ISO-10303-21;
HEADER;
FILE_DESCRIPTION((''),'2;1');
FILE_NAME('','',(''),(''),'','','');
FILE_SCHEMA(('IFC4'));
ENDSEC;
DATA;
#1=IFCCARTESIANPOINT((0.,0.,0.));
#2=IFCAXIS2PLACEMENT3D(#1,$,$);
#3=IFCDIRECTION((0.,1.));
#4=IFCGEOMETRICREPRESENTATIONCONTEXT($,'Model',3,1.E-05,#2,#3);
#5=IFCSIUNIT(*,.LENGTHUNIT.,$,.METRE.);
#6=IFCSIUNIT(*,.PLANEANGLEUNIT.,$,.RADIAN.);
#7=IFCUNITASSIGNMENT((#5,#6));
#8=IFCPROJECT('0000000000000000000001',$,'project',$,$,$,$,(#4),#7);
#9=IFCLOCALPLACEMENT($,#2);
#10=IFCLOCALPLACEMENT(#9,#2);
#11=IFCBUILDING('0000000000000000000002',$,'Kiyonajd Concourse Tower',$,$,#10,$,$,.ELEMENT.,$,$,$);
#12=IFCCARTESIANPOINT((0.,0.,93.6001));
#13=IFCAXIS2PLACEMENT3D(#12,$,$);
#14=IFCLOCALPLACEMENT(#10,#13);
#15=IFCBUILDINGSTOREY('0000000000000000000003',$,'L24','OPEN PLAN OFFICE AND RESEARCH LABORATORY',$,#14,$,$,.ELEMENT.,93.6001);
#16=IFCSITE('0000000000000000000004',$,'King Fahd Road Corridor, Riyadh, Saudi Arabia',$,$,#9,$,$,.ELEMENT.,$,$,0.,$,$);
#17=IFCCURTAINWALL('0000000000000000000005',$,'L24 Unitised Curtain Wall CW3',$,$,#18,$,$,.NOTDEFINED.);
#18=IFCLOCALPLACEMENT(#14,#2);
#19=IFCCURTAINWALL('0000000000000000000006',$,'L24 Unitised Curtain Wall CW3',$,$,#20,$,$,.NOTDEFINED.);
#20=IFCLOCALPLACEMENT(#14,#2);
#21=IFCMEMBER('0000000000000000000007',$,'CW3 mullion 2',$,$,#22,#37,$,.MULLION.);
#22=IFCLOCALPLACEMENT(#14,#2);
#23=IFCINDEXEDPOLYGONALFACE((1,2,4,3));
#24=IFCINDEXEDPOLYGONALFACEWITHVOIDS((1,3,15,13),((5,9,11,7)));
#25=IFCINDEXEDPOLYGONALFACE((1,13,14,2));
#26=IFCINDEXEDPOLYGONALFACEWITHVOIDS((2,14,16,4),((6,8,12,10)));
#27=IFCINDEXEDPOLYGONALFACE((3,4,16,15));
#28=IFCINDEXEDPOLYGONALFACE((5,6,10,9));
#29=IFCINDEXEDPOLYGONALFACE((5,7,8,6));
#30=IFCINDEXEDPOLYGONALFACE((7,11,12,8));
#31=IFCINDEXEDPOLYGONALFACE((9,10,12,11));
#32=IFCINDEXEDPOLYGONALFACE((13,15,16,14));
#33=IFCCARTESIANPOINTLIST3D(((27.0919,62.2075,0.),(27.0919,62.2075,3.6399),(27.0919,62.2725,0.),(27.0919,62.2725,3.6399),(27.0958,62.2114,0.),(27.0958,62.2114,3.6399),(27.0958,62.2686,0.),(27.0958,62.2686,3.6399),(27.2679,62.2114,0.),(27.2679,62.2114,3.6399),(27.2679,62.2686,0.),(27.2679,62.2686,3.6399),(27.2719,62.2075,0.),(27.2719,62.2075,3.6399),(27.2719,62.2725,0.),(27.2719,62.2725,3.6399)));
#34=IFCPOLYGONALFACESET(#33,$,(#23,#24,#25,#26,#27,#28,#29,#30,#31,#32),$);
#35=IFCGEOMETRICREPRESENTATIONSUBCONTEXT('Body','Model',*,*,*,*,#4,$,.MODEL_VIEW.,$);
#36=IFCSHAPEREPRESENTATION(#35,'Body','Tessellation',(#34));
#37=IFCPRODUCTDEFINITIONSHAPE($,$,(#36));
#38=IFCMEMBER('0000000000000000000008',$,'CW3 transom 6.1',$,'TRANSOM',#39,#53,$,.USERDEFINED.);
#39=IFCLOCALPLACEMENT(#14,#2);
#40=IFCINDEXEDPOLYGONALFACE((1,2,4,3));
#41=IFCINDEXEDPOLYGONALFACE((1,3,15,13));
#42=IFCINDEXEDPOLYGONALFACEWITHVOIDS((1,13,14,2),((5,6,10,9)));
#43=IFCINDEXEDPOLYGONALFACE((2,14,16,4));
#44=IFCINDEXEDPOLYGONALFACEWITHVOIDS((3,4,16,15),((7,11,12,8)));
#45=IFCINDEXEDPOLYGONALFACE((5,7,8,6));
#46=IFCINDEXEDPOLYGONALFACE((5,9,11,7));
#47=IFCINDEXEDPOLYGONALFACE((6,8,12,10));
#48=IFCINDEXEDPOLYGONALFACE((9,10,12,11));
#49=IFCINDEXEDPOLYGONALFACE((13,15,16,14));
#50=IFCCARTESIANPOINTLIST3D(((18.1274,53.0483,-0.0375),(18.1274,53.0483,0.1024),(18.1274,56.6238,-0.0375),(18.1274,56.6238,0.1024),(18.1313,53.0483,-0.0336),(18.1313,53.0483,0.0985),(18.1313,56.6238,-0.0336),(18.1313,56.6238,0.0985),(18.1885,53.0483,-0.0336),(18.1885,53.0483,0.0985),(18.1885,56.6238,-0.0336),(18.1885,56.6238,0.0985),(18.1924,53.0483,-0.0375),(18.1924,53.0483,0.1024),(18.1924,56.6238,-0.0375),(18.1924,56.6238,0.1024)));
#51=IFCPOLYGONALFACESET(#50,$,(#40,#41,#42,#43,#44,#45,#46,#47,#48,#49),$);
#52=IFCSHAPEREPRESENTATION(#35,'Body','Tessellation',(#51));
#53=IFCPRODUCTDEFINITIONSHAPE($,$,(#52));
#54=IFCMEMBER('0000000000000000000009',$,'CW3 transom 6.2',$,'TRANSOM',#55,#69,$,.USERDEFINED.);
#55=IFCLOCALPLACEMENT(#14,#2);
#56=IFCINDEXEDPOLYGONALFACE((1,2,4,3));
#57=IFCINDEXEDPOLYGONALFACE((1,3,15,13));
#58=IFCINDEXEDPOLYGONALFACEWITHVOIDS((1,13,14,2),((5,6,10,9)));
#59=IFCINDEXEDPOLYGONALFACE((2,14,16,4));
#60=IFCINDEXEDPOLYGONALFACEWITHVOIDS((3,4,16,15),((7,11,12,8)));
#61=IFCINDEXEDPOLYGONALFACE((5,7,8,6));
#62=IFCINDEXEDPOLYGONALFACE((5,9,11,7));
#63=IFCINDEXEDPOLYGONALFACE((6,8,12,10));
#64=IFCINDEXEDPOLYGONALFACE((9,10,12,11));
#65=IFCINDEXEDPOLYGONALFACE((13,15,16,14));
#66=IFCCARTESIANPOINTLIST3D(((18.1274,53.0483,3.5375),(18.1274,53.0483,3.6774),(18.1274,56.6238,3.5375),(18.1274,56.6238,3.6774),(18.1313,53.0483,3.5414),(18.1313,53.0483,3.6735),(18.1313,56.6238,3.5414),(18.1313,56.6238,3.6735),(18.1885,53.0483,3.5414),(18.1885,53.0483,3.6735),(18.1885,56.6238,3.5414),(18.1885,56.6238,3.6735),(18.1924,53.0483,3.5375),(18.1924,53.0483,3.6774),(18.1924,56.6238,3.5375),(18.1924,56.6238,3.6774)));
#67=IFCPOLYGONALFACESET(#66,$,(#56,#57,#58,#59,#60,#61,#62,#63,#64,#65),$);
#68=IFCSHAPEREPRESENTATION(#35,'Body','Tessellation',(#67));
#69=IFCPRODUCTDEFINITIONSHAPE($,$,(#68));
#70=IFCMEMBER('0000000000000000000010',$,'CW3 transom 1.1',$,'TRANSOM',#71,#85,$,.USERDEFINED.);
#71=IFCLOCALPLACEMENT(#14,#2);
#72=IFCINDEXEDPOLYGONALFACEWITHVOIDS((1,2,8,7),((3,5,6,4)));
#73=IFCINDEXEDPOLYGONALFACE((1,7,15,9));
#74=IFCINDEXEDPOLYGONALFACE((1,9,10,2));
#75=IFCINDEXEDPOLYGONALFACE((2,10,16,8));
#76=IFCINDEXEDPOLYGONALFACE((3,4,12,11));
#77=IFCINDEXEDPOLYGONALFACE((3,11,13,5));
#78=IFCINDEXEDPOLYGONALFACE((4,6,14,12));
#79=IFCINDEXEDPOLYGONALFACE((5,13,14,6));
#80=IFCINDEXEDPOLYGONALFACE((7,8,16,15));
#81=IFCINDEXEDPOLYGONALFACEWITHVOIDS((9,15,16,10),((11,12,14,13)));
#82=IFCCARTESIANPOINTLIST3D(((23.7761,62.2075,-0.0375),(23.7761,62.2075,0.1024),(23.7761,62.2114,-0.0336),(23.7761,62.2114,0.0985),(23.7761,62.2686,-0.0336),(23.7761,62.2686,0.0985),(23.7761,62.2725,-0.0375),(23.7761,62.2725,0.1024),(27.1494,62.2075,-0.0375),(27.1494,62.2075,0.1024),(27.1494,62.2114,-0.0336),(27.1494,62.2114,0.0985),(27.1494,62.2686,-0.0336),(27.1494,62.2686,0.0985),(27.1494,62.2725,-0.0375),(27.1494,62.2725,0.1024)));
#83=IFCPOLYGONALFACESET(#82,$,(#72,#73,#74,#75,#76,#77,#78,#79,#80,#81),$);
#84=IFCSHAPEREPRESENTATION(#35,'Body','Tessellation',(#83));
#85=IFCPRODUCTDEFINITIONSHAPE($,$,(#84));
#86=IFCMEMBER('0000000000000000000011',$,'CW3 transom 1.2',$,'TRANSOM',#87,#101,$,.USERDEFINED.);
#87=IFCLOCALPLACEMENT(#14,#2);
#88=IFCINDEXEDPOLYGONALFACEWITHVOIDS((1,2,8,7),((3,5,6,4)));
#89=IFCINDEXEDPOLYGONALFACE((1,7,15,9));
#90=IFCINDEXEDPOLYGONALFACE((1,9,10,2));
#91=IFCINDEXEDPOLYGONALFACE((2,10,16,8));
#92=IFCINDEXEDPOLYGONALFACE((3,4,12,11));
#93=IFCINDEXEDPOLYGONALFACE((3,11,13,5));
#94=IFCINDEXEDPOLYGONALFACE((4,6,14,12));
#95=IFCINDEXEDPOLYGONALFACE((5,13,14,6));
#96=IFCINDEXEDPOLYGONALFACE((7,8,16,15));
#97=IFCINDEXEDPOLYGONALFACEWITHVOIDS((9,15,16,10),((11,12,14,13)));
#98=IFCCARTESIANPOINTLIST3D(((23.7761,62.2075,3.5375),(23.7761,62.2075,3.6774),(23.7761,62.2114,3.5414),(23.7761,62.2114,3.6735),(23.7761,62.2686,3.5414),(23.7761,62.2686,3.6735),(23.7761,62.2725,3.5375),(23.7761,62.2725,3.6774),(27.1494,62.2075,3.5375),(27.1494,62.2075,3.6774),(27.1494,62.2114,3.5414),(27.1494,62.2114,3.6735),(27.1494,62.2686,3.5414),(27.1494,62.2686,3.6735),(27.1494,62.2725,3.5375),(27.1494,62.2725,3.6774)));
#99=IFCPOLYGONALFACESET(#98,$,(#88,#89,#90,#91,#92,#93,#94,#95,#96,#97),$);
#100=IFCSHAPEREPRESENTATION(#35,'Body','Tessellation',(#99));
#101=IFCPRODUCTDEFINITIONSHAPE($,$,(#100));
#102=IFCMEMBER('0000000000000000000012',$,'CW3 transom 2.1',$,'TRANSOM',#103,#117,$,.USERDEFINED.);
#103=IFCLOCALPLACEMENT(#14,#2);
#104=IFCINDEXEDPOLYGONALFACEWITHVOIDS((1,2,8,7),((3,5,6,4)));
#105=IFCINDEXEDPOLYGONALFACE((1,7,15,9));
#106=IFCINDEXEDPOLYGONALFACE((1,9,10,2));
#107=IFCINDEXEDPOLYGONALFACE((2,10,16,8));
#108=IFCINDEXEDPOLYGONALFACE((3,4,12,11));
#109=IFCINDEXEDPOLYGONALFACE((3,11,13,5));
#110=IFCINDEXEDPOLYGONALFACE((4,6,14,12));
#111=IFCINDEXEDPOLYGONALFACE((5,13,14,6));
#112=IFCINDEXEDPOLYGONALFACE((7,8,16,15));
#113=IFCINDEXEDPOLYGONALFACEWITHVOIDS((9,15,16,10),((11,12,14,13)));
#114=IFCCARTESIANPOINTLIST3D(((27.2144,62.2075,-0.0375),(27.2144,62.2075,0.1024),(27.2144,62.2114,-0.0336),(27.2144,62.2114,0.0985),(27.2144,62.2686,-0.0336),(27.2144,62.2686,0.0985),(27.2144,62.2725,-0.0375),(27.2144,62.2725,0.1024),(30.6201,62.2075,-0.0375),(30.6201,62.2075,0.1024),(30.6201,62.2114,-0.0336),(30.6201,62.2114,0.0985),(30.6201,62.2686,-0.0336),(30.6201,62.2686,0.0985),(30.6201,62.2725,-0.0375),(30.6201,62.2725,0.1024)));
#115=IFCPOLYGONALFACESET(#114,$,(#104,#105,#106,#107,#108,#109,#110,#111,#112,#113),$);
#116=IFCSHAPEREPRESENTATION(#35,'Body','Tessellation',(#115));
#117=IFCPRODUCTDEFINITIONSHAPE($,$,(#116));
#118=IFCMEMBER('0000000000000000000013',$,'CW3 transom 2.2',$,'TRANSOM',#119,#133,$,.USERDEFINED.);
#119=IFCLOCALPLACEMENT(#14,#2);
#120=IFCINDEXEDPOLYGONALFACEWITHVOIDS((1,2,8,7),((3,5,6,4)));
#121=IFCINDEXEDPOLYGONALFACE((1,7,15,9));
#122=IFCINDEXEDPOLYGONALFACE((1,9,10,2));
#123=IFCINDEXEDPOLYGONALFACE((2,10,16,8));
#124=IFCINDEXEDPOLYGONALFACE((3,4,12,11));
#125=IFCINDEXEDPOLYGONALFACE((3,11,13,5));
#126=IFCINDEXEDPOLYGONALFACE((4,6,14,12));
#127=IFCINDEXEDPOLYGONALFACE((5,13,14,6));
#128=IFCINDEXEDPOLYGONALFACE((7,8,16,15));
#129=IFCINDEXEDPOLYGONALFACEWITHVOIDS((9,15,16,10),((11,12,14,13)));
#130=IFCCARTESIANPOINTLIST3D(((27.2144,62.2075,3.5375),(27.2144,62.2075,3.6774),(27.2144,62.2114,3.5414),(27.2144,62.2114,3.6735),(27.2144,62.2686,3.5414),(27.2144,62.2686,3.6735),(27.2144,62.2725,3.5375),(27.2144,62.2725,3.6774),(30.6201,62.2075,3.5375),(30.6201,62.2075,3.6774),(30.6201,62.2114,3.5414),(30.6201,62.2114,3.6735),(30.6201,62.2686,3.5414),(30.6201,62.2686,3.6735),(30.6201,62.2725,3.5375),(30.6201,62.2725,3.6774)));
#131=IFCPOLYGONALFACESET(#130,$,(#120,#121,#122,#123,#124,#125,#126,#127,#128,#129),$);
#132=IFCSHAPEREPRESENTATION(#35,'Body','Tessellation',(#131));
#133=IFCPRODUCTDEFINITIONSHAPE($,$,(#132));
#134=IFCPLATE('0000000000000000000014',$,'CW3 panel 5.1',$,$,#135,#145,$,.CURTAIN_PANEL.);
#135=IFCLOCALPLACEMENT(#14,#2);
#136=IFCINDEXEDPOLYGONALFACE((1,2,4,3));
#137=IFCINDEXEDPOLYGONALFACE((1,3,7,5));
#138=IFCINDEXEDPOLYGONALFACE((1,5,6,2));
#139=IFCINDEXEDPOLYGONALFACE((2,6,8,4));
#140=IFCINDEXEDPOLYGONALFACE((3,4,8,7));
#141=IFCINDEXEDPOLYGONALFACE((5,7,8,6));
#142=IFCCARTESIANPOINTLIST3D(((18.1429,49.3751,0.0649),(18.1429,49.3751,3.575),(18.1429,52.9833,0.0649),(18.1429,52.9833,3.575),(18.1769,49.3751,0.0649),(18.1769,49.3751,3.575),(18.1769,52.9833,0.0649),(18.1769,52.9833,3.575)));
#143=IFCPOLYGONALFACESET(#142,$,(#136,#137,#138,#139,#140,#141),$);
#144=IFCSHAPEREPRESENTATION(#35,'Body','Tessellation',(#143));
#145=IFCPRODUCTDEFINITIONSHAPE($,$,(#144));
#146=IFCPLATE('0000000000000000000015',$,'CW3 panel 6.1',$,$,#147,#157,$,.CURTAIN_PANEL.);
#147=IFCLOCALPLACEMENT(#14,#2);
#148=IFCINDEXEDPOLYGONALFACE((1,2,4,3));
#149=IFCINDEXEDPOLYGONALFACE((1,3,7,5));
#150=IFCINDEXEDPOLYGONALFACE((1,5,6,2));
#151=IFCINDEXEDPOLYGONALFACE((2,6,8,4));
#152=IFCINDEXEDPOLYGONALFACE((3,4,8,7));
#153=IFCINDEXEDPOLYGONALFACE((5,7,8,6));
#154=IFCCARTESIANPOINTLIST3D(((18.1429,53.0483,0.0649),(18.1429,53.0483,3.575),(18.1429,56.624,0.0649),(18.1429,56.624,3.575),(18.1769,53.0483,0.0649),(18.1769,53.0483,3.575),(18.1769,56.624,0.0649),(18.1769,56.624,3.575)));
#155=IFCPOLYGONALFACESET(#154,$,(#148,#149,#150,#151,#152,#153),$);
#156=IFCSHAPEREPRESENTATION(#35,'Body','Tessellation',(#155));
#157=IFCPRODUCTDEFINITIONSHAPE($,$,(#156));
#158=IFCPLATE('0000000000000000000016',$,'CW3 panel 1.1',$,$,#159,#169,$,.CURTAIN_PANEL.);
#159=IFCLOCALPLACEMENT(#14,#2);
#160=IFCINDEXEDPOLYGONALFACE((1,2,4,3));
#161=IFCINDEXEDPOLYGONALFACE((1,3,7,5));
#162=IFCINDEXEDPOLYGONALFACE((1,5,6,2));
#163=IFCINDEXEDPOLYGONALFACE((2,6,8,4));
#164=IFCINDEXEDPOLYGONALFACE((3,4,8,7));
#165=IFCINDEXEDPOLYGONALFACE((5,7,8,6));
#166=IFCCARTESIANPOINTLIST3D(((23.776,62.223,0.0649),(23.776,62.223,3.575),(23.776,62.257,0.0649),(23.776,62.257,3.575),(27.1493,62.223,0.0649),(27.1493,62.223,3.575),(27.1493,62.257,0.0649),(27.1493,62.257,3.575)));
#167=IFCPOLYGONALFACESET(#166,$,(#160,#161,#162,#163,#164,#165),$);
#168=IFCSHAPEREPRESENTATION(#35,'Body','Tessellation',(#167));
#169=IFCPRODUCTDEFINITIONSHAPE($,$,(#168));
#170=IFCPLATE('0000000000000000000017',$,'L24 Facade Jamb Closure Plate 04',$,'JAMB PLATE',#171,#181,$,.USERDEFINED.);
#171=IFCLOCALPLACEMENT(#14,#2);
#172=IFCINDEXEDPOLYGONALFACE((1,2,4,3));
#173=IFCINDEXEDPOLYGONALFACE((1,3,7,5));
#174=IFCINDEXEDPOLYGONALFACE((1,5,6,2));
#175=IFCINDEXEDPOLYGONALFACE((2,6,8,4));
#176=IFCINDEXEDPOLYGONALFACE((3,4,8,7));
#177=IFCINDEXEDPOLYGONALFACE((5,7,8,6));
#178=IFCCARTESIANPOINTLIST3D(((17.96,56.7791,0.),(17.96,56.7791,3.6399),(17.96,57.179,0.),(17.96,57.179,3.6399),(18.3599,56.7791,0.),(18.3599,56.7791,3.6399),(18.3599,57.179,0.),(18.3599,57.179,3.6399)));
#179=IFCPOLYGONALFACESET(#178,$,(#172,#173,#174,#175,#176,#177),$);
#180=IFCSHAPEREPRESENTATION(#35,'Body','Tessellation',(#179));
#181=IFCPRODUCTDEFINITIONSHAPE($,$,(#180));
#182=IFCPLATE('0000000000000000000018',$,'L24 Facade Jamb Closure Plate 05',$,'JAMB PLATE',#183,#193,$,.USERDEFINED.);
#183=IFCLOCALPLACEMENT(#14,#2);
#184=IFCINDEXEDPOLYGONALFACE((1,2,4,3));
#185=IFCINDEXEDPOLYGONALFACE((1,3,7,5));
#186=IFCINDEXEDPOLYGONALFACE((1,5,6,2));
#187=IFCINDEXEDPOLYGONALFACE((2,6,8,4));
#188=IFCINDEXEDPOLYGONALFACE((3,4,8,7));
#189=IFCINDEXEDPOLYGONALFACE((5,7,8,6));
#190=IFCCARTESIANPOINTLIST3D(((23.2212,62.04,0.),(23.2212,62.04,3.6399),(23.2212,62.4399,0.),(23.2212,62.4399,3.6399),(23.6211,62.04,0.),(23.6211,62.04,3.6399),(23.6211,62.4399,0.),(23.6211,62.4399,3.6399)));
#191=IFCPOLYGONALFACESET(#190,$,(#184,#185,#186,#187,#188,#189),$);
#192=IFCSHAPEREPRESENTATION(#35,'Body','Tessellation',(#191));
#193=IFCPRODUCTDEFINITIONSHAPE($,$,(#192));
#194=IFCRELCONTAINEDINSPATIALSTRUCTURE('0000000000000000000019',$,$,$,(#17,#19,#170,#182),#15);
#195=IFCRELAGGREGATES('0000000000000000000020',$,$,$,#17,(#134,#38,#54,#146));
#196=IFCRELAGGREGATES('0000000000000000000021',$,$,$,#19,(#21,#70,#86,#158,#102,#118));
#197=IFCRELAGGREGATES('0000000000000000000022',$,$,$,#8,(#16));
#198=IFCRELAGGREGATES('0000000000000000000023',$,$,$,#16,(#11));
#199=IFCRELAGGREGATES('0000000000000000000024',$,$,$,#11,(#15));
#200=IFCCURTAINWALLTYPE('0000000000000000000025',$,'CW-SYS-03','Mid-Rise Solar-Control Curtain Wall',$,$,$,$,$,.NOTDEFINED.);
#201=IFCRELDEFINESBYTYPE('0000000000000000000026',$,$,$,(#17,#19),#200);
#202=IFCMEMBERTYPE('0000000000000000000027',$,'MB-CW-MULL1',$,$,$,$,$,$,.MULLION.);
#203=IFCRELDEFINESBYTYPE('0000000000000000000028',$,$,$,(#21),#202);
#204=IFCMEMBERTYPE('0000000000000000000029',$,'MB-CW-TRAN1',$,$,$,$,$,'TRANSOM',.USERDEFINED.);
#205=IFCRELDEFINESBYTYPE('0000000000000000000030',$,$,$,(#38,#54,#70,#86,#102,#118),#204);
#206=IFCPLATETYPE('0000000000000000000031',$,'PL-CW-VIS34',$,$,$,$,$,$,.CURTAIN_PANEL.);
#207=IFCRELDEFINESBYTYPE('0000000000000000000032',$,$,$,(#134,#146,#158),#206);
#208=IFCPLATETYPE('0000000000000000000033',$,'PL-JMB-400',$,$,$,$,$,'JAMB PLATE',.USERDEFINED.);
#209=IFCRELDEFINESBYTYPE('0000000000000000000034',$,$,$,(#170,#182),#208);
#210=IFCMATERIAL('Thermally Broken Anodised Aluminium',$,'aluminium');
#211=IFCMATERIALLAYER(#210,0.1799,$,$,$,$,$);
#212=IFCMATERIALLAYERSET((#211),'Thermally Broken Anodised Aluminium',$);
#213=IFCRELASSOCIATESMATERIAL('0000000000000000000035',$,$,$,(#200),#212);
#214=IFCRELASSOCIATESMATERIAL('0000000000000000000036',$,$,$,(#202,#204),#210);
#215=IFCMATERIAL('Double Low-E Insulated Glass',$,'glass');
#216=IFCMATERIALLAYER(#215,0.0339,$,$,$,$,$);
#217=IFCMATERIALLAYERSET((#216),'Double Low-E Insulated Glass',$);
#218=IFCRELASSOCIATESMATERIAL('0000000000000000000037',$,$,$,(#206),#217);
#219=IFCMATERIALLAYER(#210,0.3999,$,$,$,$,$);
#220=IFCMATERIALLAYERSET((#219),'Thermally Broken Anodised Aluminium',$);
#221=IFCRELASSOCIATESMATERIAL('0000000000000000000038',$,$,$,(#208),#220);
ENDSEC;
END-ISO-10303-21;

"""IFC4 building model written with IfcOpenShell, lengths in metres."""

from ifc_helpers import new_model, si_unit, direction, frame, origin, origin_2d, place, context, subcontext, project, spatial, rectangle, hollow_rectangle, extrude, material, layer, layer_set, material_profile, profile_set, type_object, element, aggregate, save


model = new_model("IFC4")

# Units and contexts
model_context = context("Model", 3, precision=1e-05, world=origin(), true_north=direction((0.0, 1.0)))
body_context = subcontext(model_context, "Body", "Model", "MODEL_VIEW")
ifc_project = project(units=[si_unit("LENGTHUNIT", "METRE"), si_unit("PLANEANGLEUNIT", "RADIAN")], contexts=[model_context])

# Site, building, storey
site_placement = place(None, origin())
site = spatial("IfcSite", under=ifc_project, at=site_placement, Name="King Fahd Road Corridor, Riyadh, Saudi Arabia", CompositionType="ELEMENT", RefElevation=0.0)
building_placement = place(site_placement, origin())
building = spatial("IfcBuilding", under=site, at=building_placement, Name="Kiyonajd Concourse Tower", CompositionType="ELEMENT")
storey_placement = place(building_placement, frame((0.0, 0.0, 93.6001)))
storey = spatial("IfcBuildingStorey", under=building, at=storey_placement, Name="L24", Description="OPEN PLAN OFFICE AND RESEARCH LABORATORY", CompositionType="ELEMENT", Elevation=93.6001)

# Curtain walls, member
ifc_material_1 = material(Name="Thermally Broken Anodised Aluminium", Category="aluminium")
ifc_layer_1 = layer(ifc_material_1, 0.1799)
ifc_layer_set_1 = layer_set([ifc_layer_1], Name="Thermally Broken Anodised Aluminium")
curtain_wall_type = type_object("IfcCurtainWallType", Name="CW-SYS-03", Description="Mid-Rise Solar-Control Curtain Wall", PredefinedType="NOTDEFINED", material=ifc_layer_set_1)
curtain_wall_1_placement = place(storey_placement, origin())
curtain_wall_1 = element("IfcCurtainWall", 1, at=curtain_wall_1_placement, inside=storey, type_object=curtain_wall_type, Name="L24 Unitised Curtain Wall CW3", PredefinedType="NOTDEFINED")
ifc_material_profile_1 = material_profile(ifc_material_1, hollow_rectangle(XDim=0.0649, YDim=0.1799, WallThickness=0.0039, at=origin_2d()), Name="MULL-65x180")
ifc_profile_set_1 = profile_set([ifc_material_profile_1], Name="Thermally Broken Anodised Aluminium")
member_type_1 = type_object("IfcMemberType", Name="MB-CW-MULL1", PredefinedType="MULLION", material=ifc_profile_set_1)
curtain_wall_2_placement = place(storey_placement, origin())
curtain_wall_2 = element("IfcCurtainWall", 2, at=curtain_wall_2_placement, inside=storey, type_object=curtain_wall_type, Name="L24 Unitised Curtain Wall CW3", PredefinedType="NOTDEFINED")
member_1_placement = place(storey_placement, frame((27.1819, 62.24, 0.0), z_axis=(0.0, 0.0, 1.0), x_axis=(0.0, 1.0, 0.0)))
member_1 = element("IfcMember", 3, at=member_1_placement, type_object=member_type_1, Name="CW3 mullion 2", PredefinedType="MULLION", context=body_context, shape_type="SweptSolid", body=[
    extrude(hollow_rectangle(XDim=0.0649, YDim=0.1799, WallThickness=0.0039, at=origin_2d()), origin(), (0.0, 0.0, 1.0), 3.6399),
])

# Members
ifc_material_profile_2 = material_profile(ifc_material_1, hollow_rectangle(XDim=0.0649, YDim=0.1399, WallThickness=0.0039, at=origin_2d()), Name="TRAN-65x140")
ifc_profile_set_2 = profile_set([ifc_material_profile_2], Name="Thermally Broken Anodised Aluminium")
member_type_2 = type_object("IfcMemberType", Name="MB-CW-TRAN1", ElementType="TRANSOM", PredefinedType="USERDEFINED", material=ifc_profile_set_2)
member_2_placement = place(storey_placement, frame((18.1599, 53.0483, 0.0325), z_axis=(0.0, 1.0, 0.0), x_axis=(-1.0, 0.0, 0.0)))
member_2 = element("IfcMember", 4, at=member_2_placement, type_object=member_type_2, Name="CW3 transom 6.1", ObjectType="TRANSOM", PredefinedType="USERDEFINED", context=body_context, shape_type="SweptSolid", body=[
    extrude(hollow_rectangle(XDim=0.0649, YDim=0.1399, WallThickness=0.0039, at=origin_2d()), origin(), (0.0, 0.0, 1.0), 3.5754),
])
member_3_placement = place(storey_placement, frame((18.1599, 53.0483, 3.6074), z_axis=(0.0, 1.0, 0.0), x_axis=(-1.0, 0.0, 0.0)))
member_3 = element("IfcMember", 5, at=member_3_placement, type_object=member_type_2, Name="CW3 transom 6.2", ObjectType="TRANSOM", PredefinedType="USERDEFINED", context=body_context, shape_type="SweptSolid", body=[
    extrude(hollow_rectangle(XDim=0.0649, YDim=0.1399, WallThickness=0.0039, at=origin_2d()), origin(), (0.0, 0.0, 1.0), 3.5754),
])
member_4_placement = place(storey_placement, frame((23.7761, 62.24, 0.0325), z_axis=(1.0, 0.0, 0.0), x_axis=(0.0, 1.0, 0.0)))
member_4 = element("IfcMember", 6, at=member_4_placement, type_object=member_type_2, Name="CW3 transom 1.1", ObjectType="TRANSOM", PredefinedType="USERDEFINED", context=body_context, shape_type="SweptSolid", body=[
    extrude(hollow_rectangle(XDim=0.0649, YDim=0.1399, WallThickness=0.0039, at=origin_2d()), origin(), (0.0, 0.0, 1.0), 3.3733),
])
member_5_placement = place(storey_placement, frame((23.7761, 62.24, 3.6074), z_axis=(1.0, 0.0, 0.0), x_axis=(0.0, 1.0, 0.0)))
member_5 = element("IfcMember", 7, at=member_5_placement, type_object=member_type_2, Name="CW3 transom 1.2", ObjectType="TRANSOM", PredefinedType="USERDEFINED", context=body_context, shape_type="SweptSolid", body=[
    extrude(hollow_rectangle(XDim=0.0649, YDim=0.1399, WallThickness=0.0039, at=origin_2d()), origin(), (0.0, 0.0, 1.0), 3.3733),
])
member_6_placement = place(storey_placement, frame((27.2144, 62.24, 0.0325), z_axis=(1.0, 0.0, 0.0), x_axis=(0.0, 1.0, 0.0)))
member_6 = element("IfcMember", 8, at=member_6_placement, type_object=member_type_2, Name="CW3 transom 2.1", ObjectType="TRANSOM", PredefinedType="USERDEFINED", context=body_context, shape_type="SweptSolid", body=[
    extrude(hollow_rectangle(XDim=0.0649, YDim=0.1399, WallThickness=0.0039, at=origin_2d()), origin(), (0.0, 0.0, 1.0), 3.4058),
])
member_7_placement = place(storey_placement, frame((27.2144, 62.24, 3.6074), z_axis=(1.0, 0.0, 0.0), x_axis=(0.0, 1.0, 0.0)))
member_7 = element("IfcMember", 9, at=member_7_placement, type_object=member_type_2, Name="CW3 transom 2.2", ObjectType="TRANSOM", PredefinedType="USERDEFINED", context=body_context, shape_type="SweptSolid", body=[
    extrude(hollow_rectangle(XDim=0.0649, YDim=0.1399, WallThickness=0.0039, at=origin_2d()), origin(), (0.0, 0.0, 1.0), 3.4058),
])

# Plates
ifc_material_2 = material(Name="Double Low-E Insulated Glass", Category="glass")
ifc_layer_2 = layer(ifc_material_2, 0.0339)
ifc_layer_set_2 = layer_set([ifc_layer_2], Name="Double Low-E Insulated Glass")
plate_type_1 = type_object("IfcPlateType", Name="PL-CW-VIS34", PredefinedType="CURTAIN_PANEL", material=ifc_layer_set_2)
plate_1_placement = place(storey_placement, frame((18.1599, 51.1792, 0.0649), z_axis=(0.0, 0.0, 1.0), x_axis=(0.0, 1.0, 0.0)))
plate_1 = element("IfcPlate", 10, at=plate_1_placement, type_object=plate_type_1, Name="CW3 panel 5.1", PredefinedType="CURTAIN_PANEL", context=body_context, shape_type="SweptSolid", body=[
    extrude(rectangle(XDim=3.6082, YDim=0.0339, at=origin_2d()), origin(), (0.0, 0.0, 1.0), 3.51),
])
plate_2_placement = place(storey_placement, frame((18.1599, 54.8362, 0.0649), z_axis=(0.0, 0.0, 1.0), x_axis=(0.0, 1.0, 0.0)))
plate_2 = element("IfcPlate", 11, at=plate_2_placement, type_object=plate_type_1, Name="CW3 panel 6.1", PredefinedType="CURTAIN_PANEL", context=body_context, shape_type="SweptSolid", body=[
    extrude(rectangle(XDim=3.5757, YDim=0.0339, at=origin_2d()), origin(), (0.0, 0.0, 1.0), 3.51),
])
aggregate(curtain_wall_1, [plate_1, member_2, member_3, plate_2])
plate_3_placement = place(storey_placement, frame((25.4626, 62.24, 0.0649), z_axis=(0.0, 0.0, 1.0), x_axis=(1.0, 0.0, 0.0)))
plate_3 = element("IfcPlate", 12, at=plate_3_placement, type_object=plate_type_1, Name="CW3 panel 1.1", PredefinedType="CURTAIN_PANEL", context=body_context, shape_type="SweptSolid", body=[
    extrude(rectangle(XDim=3.3733, YDim=0.0339, at=origin_2d()), origin(), (0.0, 0.0, 1.0), 3.51),
])
aggregate(curtain_wall_2, [member_1, member_4, member_5, plate_3, member_6, member_7])

# Plates
ifc_layer_3 = layer(ifc_material_1, 0.3999)
ifc_layer_set_3 = layer_set([ifc_layer_3], Name="Thermally Broken Anodised Aluminium")
plate_type_2 = type_object("IfcPlateType", Name="PL-JMB-400", ElementType="JAMB PLATE", PredefinedType="USERDEFINED", material=ifc_layer_set_3)
for number, where, z_axis, x_axis, name in (
    (13, (18.1599, 56.979, 0.0), (0.0, 0.0, 1.0), (1.0, 0.0, 0.0), "L24 Facade Jamb Closure Plate 04"),
    (14, (23.4211, 62.24, 0.0), (0.0, 0.0, 1.0), (1.0, 0.0, 0.0), "L24 Facade Jamb Closure Plate 05"),
):
    element("IfcPlate", number, at=place(storey_placement, frame(where, z_axis=z_axis, x_axis=x_axis)), inside=storey, type_object=plate_type_2, Name=name, ObjectType="JAMB PLATE", PredefinedType="USERDEFINED", context=body_context, shape_type="SweptSolid", body=[
        extrude(rectangle(XDim=0.3999, YDim=0.3999, at=origin_2d()), origin(), (0.0, 0.0, 1.0), 3.6399),
    ])

save(model, "model.ifc")
